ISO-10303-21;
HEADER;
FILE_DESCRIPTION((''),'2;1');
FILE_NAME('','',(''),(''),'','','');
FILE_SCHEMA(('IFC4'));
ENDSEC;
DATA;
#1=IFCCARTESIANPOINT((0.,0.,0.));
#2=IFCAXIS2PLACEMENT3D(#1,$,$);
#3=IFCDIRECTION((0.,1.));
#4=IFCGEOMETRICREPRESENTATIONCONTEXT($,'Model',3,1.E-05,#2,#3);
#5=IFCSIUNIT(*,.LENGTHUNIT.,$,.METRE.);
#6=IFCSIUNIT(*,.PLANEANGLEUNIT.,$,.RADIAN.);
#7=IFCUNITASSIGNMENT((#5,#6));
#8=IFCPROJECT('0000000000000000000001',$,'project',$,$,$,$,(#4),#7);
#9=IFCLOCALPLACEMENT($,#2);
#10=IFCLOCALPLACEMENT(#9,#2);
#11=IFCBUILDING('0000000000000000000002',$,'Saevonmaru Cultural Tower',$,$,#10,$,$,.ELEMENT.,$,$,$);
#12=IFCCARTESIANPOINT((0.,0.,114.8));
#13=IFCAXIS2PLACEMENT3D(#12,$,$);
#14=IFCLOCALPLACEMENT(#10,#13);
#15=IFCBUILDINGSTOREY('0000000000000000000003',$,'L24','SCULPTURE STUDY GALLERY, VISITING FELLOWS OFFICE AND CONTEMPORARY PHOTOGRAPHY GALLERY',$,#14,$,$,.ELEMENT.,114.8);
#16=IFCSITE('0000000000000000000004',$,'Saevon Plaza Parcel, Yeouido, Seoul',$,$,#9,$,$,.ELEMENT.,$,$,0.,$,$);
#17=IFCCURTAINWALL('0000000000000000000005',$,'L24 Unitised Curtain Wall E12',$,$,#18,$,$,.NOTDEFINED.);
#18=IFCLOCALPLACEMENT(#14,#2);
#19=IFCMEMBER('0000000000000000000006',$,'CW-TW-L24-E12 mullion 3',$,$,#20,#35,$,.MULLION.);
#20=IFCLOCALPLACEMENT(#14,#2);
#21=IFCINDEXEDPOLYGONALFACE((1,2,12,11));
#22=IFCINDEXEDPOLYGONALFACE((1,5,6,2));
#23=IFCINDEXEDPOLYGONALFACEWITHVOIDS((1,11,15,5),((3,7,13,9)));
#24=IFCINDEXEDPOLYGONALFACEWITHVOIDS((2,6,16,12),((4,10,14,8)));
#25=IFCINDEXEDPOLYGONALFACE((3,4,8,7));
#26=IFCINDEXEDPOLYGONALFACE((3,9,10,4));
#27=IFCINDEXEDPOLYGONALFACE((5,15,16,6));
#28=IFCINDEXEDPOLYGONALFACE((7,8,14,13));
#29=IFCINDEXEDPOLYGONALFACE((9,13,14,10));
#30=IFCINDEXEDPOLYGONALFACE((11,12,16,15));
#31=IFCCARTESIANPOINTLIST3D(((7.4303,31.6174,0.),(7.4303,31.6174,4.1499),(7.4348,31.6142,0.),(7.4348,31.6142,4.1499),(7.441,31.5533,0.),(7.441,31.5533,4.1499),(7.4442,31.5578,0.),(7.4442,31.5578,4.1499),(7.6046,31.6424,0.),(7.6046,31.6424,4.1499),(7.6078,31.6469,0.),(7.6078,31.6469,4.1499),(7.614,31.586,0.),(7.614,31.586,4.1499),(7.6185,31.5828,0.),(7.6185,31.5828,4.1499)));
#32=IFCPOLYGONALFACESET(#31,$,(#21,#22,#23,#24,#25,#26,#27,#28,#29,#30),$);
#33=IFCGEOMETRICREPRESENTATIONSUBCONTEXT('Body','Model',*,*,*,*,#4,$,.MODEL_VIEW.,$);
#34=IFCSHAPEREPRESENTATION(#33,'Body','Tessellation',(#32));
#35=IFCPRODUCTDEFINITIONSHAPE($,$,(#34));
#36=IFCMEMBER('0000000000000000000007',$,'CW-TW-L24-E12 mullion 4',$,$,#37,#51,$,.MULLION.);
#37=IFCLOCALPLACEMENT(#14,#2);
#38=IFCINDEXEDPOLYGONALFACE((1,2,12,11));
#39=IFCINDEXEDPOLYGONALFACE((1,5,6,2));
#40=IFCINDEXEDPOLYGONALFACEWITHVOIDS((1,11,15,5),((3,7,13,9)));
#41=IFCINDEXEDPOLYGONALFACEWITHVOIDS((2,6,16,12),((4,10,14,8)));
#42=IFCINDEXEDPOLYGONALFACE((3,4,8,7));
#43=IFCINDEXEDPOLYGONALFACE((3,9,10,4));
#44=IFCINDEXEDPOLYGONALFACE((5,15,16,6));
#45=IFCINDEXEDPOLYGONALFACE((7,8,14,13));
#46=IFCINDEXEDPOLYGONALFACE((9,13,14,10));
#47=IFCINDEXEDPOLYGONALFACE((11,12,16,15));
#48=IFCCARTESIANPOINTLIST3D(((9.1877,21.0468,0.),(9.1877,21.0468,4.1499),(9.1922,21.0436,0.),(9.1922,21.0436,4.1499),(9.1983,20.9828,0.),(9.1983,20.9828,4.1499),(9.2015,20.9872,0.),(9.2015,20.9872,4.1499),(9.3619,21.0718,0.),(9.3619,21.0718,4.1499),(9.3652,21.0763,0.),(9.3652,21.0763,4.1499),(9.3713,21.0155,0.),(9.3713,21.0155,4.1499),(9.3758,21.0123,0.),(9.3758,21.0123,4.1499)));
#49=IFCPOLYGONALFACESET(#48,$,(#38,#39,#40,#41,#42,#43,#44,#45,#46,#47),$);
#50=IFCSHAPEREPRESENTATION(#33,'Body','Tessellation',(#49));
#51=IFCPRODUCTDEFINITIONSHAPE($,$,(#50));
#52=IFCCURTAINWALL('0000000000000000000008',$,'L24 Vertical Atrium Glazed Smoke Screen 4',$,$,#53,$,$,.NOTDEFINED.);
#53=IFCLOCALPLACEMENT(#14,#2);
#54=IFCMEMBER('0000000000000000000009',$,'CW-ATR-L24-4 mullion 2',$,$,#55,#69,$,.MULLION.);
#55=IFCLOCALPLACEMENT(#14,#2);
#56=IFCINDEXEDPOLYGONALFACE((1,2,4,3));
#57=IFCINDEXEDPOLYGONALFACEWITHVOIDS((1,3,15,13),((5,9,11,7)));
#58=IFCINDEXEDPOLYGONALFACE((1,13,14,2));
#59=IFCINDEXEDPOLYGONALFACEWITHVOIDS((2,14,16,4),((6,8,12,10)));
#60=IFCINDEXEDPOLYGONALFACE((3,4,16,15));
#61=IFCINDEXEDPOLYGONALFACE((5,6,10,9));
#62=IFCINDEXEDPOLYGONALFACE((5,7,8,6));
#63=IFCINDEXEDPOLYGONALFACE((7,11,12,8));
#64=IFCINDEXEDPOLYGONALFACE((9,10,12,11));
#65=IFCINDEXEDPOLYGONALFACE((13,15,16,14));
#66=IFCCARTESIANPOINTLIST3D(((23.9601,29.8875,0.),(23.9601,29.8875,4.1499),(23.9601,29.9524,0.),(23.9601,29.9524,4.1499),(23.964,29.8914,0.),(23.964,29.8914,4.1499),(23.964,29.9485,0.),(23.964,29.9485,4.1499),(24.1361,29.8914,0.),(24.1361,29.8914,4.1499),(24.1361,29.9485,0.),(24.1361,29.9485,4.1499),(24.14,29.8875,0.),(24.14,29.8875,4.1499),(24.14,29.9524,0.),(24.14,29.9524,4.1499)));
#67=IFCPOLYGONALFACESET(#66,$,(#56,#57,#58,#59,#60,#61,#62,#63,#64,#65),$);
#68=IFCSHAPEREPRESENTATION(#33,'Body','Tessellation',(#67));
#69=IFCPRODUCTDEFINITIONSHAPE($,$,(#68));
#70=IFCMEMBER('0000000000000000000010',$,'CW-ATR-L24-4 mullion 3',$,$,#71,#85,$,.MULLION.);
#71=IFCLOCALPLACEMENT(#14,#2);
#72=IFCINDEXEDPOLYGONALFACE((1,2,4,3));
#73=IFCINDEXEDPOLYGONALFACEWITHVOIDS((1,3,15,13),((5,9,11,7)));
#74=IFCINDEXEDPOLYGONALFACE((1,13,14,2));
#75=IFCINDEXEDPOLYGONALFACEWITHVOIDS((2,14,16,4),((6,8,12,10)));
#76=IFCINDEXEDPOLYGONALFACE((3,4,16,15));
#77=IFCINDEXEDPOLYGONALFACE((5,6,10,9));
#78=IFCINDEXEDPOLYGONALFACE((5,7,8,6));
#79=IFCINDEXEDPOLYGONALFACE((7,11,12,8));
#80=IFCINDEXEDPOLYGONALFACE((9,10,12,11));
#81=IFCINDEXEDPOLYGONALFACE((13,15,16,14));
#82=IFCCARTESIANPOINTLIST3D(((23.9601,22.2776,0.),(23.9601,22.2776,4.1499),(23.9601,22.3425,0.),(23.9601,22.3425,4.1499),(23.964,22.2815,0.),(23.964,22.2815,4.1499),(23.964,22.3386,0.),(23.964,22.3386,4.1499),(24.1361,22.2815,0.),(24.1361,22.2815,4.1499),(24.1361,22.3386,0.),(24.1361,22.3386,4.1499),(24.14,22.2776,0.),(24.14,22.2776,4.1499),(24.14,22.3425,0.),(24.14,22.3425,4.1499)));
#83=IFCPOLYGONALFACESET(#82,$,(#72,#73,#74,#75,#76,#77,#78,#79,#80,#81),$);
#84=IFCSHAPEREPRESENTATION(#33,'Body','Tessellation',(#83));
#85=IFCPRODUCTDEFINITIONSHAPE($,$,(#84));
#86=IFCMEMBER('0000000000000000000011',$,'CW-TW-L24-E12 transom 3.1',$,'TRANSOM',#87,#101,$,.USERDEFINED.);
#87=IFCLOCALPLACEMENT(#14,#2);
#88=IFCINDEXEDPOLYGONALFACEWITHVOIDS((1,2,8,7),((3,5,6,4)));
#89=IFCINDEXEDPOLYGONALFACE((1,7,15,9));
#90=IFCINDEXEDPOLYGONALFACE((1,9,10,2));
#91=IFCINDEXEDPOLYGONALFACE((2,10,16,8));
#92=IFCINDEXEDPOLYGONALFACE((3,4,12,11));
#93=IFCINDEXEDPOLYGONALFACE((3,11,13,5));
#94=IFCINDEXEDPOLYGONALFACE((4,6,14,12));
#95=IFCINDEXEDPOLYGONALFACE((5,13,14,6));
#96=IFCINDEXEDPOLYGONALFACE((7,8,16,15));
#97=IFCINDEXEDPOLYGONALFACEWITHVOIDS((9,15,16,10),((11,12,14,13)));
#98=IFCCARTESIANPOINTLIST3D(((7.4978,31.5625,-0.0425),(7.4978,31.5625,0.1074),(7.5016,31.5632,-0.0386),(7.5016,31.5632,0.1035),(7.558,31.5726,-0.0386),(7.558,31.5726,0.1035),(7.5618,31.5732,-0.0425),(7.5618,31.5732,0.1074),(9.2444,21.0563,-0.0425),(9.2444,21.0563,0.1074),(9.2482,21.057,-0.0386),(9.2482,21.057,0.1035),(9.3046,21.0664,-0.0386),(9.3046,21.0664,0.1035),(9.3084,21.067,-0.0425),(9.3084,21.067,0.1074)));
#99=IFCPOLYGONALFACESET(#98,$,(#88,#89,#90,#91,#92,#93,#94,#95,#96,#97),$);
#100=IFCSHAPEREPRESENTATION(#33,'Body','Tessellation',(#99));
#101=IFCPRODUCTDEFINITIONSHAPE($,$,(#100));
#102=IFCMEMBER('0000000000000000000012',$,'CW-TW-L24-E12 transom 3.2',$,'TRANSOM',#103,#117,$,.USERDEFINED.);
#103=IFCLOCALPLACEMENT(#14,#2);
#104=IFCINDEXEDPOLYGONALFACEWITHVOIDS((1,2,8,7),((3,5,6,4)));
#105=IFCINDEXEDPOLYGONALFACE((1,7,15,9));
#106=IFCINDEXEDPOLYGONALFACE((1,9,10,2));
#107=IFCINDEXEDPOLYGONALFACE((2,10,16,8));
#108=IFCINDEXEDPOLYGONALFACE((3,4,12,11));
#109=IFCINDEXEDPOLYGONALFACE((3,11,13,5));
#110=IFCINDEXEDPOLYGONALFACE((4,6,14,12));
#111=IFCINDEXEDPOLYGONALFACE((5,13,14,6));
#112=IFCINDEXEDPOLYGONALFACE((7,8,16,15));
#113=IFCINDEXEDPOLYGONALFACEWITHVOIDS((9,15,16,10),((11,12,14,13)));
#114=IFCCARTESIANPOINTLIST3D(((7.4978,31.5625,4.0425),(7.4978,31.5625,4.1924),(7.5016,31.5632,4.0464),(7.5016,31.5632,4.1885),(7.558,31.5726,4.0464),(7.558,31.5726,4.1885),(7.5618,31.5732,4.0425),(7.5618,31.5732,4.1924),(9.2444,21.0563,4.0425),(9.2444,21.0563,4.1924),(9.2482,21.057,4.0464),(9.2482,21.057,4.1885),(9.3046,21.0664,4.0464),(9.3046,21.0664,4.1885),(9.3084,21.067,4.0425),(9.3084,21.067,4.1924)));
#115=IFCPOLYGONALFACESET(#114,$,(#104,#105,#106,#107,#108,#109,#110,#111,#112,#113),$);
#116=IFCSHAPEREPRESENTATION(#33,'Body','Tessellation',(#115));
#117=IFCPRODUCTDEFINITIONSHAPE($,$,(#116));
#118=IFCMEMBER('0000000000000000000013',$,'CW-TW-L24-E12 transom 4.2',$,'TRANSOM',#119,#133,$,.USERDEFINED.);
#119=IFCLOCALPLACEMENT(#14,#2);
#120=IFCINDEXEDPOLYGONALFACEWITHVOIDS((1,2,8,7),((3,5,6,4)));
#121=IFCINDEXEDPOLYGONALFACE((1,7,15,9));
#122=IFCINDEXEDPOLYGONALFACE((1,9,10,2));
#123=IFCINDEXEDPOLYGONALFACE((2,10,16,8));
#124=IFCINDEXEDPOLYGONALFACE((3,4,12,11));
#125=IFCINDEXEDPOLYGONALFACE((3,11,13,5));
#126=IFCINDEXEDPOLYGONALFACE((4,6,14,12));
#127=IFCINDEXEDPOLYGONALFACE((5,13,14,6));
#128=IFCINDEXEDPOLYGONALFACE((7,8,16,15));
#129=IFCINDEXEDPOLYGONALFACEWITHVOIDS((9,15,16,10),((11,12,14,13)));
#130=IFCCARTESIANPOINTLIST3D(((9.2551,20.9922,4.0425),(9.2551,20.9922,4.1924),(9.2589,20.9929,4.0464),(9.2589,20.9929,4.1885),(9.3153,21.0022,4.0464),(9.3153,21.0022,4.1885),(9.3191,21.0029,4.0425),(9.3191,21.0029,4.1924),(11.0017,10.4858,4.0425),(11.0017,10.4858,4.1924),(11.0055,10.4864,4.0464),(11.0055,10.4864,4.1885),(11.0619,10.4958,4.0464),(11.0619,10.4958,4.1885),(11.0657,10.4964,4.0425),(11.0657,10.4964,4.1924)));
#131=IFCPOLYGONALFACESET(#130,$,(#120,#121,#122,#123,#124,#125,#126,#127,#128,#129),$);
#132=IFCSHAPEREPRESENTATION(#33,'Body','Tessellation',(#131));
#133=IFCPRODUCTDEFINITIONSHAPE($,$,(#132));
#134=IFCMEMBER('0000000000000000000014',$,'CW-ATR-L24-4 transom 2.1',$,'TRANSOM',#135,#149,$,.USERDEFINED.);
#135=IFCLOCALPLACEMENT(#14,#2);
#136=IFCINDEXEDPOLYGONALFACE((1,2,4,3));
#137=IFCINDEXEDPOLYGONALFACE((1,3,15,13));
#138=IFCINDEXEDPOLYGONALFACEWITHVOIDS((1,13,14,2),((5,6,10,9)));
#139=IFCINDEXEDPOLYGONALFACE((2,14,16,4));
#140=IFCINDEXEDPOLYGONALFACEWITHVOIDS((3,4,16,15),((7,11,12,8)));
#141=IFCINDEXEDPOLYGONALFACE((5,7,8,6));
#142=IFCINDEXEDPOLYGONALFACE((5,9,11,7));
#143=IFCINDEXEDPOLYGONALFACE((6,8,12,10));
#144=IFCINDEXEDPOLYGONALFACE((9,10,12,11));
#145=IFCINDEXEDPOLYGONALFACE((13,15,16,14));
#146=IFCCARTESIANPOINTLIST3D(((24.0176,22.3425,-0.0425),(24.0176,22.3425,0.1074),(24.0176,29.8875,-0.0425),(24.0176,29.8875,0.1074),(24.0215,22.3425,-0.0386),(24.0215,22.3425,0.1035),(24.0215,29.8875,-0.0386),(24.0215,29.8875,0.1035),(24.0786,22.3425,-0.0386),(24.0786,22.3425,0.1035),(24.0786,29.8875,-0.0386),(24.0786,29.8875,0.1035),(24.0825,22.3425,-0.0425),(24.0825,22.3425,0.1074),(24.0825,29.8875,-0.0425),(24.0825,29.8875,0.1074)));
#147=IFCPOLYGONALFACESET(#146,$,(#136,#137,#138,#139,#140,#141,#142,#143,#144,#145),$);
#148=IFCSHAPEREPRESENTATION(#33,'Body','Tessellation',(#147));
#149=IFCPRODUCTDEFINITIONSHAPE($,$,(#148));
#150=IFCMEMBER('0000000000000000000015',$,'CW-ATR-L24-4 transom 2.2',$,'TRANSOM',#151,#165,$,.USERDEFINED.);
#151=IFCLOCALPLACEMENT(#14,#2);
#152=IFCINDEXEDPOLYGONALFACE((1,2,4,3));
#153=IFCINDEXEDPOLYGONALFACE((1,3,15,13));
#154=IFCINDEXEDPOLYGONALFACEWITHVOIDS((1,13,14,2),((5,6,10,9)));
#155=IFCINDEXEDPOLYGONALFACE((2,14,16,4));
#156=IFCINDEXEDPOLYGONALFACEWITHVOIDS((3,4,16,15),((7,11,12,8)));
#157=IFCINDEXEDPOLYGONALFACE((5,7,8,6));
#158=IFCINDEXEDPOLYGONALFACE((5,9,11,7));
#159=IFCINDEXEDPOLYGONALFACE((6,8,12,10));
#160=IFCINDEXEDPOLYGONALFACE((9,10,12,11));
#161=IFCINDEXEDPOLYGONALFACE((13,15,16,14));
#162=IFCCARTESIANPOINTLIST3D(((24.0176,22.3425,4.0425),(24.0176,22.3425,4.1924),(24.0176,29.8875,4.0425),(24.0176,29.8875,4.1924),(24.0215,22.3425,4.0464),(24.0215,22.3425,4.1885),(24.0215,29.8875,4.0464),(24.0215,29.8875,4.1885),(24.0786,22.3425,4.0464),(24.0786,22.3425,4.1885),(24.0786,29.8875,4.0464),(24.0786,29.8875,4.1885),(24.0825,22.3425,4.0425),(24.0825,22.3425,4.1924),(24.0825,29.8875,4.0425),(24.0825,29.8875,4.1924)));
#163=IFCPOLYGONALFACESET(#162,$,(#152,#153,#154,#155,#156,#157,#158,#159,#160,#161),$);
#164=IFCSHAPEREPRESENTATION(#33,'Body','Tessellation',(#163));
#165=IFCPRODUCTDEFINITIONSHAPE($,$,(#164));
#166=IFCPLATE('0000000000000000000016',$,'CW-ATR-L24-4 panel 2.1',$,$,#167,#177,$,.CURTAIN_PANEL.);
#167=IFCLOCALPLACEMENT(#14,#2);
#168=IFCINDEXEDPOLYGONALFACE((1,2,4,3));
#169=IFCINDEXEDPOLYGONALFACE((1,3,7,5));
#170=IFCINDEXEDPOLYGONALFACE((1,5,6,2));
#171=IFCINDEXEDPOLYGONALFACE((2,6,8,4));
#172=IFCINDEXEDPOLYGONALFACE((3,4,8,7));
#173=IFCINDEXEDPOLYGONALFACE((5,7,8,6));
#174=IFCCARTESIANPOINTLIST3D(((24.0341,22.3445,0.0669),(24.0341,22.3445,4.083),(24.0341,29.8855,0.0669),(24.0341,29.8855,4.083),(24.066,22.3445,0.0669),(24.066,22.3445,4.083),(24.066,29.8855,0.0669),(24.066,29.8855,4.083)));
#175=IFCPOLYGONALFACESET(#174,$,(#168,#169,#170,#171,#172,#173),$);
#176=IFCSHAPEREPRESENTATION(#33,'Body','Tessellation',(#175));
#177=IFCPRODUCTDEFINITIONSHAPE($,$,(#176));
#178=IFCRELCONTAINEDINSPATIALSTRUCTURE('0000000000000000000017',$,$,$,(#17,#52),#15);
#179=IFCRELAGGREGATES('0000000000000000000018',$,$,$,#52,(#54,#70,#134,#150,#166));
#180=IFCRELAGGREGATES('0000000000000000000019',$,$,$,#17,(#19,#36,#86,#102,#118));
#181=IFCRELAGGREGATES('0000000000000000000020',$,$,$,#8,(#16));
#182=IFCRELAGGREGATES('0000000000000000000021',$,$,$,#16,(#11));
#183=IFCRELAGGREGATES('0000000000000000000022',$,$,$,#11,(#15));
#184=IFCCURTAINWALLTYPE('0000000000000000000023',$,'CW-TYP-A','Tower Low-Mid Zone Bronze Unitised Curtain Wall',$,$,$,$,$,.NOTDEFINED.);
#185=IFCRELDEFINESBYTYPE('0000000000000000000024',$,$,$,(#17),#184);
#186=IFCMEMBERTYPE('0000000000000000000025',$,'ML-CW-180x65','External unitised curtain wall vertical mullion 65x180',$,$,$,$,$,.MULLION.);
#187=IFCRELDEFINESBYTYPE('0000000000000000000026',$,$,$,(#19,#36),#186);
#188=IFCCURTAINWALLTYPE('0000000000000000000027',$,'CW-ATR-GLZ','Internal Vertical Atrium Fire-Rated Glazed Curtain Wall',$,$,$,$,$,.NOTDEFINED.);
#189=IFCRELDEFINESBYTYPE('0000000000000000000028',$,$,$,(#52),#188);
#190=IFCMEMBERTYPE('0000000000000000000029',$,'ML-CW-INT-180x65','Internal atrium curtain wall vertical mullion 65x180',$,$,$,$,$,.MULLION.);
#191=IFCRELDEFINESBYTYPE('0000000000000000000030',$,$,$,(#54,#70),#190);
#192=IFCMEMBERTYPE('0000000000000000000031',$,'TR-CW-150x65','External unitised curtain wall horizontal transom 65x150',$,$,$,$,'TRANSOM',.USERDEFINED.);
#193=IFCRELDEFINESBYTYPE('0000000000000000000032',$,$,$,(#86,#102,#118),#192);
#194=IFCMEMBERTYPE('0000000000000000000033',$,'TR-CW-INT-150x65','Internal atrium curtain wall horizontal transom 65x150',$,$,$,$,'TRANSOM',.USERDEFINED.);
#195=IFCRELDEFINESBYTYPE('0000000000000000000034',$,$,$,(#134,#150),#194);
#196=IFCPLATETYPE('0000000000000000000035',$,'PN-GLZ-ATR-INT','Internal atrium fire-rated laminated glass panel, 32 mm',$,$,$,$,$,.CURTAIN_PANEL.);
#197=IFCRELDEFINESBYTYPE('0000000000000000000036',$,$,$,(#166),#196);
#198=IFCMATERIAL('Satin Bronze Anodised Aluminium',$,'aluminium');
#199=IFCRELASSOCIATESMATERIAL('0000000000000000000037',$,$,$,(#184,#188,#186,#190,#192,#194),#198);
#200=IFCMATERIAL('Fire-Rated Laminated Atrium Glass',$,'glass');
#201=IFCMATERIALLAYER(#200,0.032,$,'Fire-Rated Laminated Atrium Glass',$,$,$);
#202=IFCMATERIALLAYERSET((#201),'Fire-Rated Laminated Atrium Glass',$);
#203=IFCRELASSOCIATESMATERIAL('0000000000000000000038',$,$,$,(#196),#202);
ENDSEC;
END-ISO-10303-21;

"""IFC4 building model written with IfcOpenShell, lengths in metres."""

from ifc_helpers import new_model, si_unit, direction, frame, origin, origin_2d, place, context, subcontext, project, spatial, rectangle, hollow_rectangle, extrude, material, layer, layer_set, material_profile, profile_set, type_object, element, aggregate, save


model = new_model("IFC4")

# Units and contexts
model_context = context("Model", 3, precision=1e-05, world=origin(), true_north=direction((0.0, 1.0)))
body_context = subcontext(model_context, "Body", "Model", "MODEL_VIEW")
ifc_project = project(units=[si_unit("LENGTHUNIT", "METRE"), si_unit("PLANEANGLEUNIT", "RADIAN")], contexts=[model_context])

# Site, building, storey
site_placement = place(None, origin())
site = spatial("IfcSite", under=ifc_project, at=site_placement, Name="Saevon Plaza Parcel, Yeouido, Seoul", CompositionType="ELEMENT", RefElevation=0.0)
building_placement = place(site_placement, origin())
building = spatial("IfcBuilding", under=site, at=building_placement, Name="Saevonmaru Cultural Tower", CompositionType="ELEMENT")
storey_placement = place(building_placement, frame((0.0, 0.0, 114.8)))
storey = spatial("IfcBuildingStorey", under=building, at=storey_placement, Name="L24", Description="SCULPTURE STUDY GALLERY, VISITING FELLOWS OFFICE AND CONTEMPORARY PHOTOGRAPHY GALLERY", CompositionType="ELEMENT", Elevation=114.8)

# Curtain walls, members
ifc_material_1 = material(Name="Satin Bronze Anodised Aluminium", Category="aluminium")
curtain_wall_type_1 = type_object("IfcCurtainWallType", Name="CW-TYP-A", Description="Tower Low-Mid Zone Bronze Unitised Curtain Wall", PredefinedType="NOTDEFINED", material=ifc_material_1)
curtain_wall_1_placement = place(storey_placement, origin())
curtain_wall_1 = element("IfcCurtainWall", 1, at=curtain_wall_1_placement, inside=storey, type_object=curtain_wall_type_1, Name="L24 Unitised Curtain Wall E12", PredefinedType="NOTDEFINED")
ifc_material_profile_1 = material_profile(ifc_material_1, hollow_rectangle(XDim=0.0649, YDim=0.1799, WallThickness=0.0039, at=origin_2d()), Name="ALU-MULL-180x65x4")
ifc_profile_set_1 = profile_set([ifc_material_profile_1], Name="Satin Bronze Anodised Aluminium")
member_type_1 = type_object("IfcMemberType", Name="ML-CW-180x65", Description="External unitised curtain wall vertical mullion 65x180", PredefinedType="MULLION", material=ifc_profile_set_1)
member_1_placement = place(storey_placement, frame((7.5244, 31.6001, 0.0), z_axis=(0.0, 0.0, 1.0), x_axis=(0.163999, -0.986461, 0.0)))
member_1 = element("IfcMember", 2, at=member_1_placement, type_object=member_type_1, Name="CW-TW-L24-E12 mullion 3", PredefinedType="MULLION", context=body_context, shape_type="SweptSolid", body=[
    extrude(hollow_rectangle(XDim=0.0649, YDim=0.1799, WallThickness=0.0039, at=origin_2d()), origin(), (0.0, 0.0, 1.0), 4.1499),
])
member_2_placement = place(storey_placement, frame((9.2817, 21.0295, 0.0), z_axis=(0.0, 0.0, 1.0), x_axis=(0.163999, -0.986461, 0.0)))
member_2 = element("IfcMember", 3, at=member_2_placement, type_object=member_type_1, Name="CW-TW-L24-E12 mullion 4", PredefinedType="MULLION", context=body_context, shape_type="SweptSolid", body=[
    extrude(hollow_rectangle(XDim=0.0649, YDim=0.1799, WallThickness=0.0039, at=origin_2d()), origin(), (0.0, 0.0, 1.0), 4.1499),
])
curtain_wall_type_2 = type_object("IfcCurtainWallType", Name="CW-ATR-GLZ", Description="Internal Vertical Atrium Fire-Rated Glazed Curtain Wall", PredefinedType="NOTDEFINED", material=ifc_material_1)
curtain_wall_2_placement = place(storey_placement, origin())
curtain_wall_2 = element("IfcCurtainWall", 4, at=curtain_wall_2_placement, inside=storey, type_object=curtain_wall_type_2, Name="L24 Vertical Atrium Glazed Smoke Screen 4", PredefinedType="NOTDEFINED")
ifc_material_profile_2 = material_profile(ifc_material_1, hollow_rectangle(XDim=0.0649, YDim=0.1799, WallThickness=0.0039, at=origin_2d()), Name="ALU-MULL-180x65x4")
ifc_profile_set_2 = profile_set([ifc_material_profile_2], Name="Satin Bronze Anodised Aluminium")
member_type_2 = type_object("IfcMemberType", Name="ML-CW-INT-180x65", Description="Internal atrium curtain wall vertical mullion 65x180", PredefinedType="MULLION", material=ifc_profile_set_2)
member_3_placement = place(storey_placement, frame((24.05, 29.9199, 0.0), z_axis=(0.0, 0.0, 1.0), x_axis=(0.0, -1.0, 0.0)))
member_3 = element("IfcMember", 5, at=member_3_placement, type_object=member_type_2, Name="CW-ATR-L24-4 mullion 2", PredefinedType="MULLION", context=body_context, shape_type="SweptSolid", body=[
    extrude(hollow_rectangle(XDim=0.0649, YDim=0.1799, WallThickness=0.0039, at=origin_2d()), origin(), (0.0, 0.0, 1.0), 4.1499),
])
member_4_placement = place(storey_placement, frame((24.05, 22.3101, 0.0), z_axis=(0.0, 0.0, 1.0), x_axis=(0.0, -1.0, 0.0)))
member_4 = element("IfcMember", 6, at=member_4_placement, type_object=member_type_2, Name="CW-ATR-L24-4 mullion 3", PredefinedType="MULLION", context=body_context, shape_type="SweptSolid", body=[
    extrude(hollow_rectangle(XDim=0.0649, YDim=0.1799, WallThickness=0.0039, at=origin_2d()), origin(), (0.0, 0.0, 1.0), 4.1499),
])

# Members
ifc_material_profile_3 = material_profile(ifc_material_1, hollow_rectangle(XDim=0.0649, YDim=0.1499, WallThickness=0.0039, at=origin_2d()), Name="ALU-TRAN-150x65x4")
ifc_profile_set_3 = profile_set([ifc_material_profile_3], Name="Satin Bronze Anodised Aluminium")
member_type_3 = type_object("IfcMemberType", Name="TR-CW-150x65", Description="External unitised curtain wall horizontal transom 65x150", ElementType="TRANSOM", PredefinedType="USERDEFINED", material=ifc_profile_set_3)
member_5_placement = place(storey_placement, frame((7.5298, 31.5679, 0.0325), z_axis=(0.163994, -0.986461, 0.0), x_axis=(0.986461, 0.163994, 0.0)))
member_5 = element("IfcMember", 7, at=member_5_placement, type_object=member_type_3, Name="CW-TW-L24-E12 transom 3.1", ObjectType="TRANSOM", PredefinedType="USERDEFINED", context=body_context, shape_type="SweptSolid", body=[
    extrude(hollow_rectangle(XDim=0.0649, YDim=0.1499, WallThickness=0.0039, at=origin_2d()), origin(), (0.0, 0.0, 1.0), 10.6504),
])
member_6_placement = place(storey_placement, frame((7.5298, 31.5679, 4.1174), z_axis=(0.163994, -0.986461, 0.0), x_axis=(0.986461, 0.163994, 0.0)))
member_6 = element("IfcMember", 8, at=member_6_placement, type_object=member_type_3, Name="CW-TW-L24-E12 transom 3.2", ObjectType="TRANSOM", PredefinedType="USERDEFINED", context=body_context, shape_type="SweptSolid", body=[
    extrude(hollow_rectangle(XDim=0.0649, YDim=0.1499, WallThickness=0.0039, at=origin_2d()), origin(), (0.0, 0.0, 1.0), 10.6504),
])
member_7_placement = place(storey_placement, frame((9.2871, 20.9976, 4.1174), z_axis=(0.16399, -0.986462, 0.0), x_axis=(0.986462, 0.16399, 0.0)))
member_7 = element("IfcMember", 9, at=member_7_placement, type_object=member_type_3, Name="CW-TW-L24-E12 transom 4.2", ObjectType="TRANSOM", PredefinedType="USERDEFINED", context=body_context, shape_type="SweptSolid", body=[
    extrude(hollow_rectangle(XDim=0.0649, YDim=0.1499, WallThickness=0.0039, at=origin_2d()), origin(), (0.0, 0.0, 1.0), 10.6506),
])
ifc_material_profile_4 = material_profile(ifc_material_1, hollow_rectangle(XDim=0.0649, YDim=0.1499, WallThickness=0.0039, at=origin_2d()), Name="ALU-TRAN-150x65x4")
ifc_profile_set_4 = profile_set([ifc_material_profile_4], Name="Satin Bronze Anodised Aluminium")
member_type_4 = type_object("IfcMemberType", Name="TR-CW-INT-150x65", Description="Internal atrium curtain wall horizontal transom 65x150", ElementType="TRANSOM", PredefinedType="USERDEFINED", material=ifc_profile_set_4)
member_8_placement = place(storey_placement, frame((24.05, 29.8875, 0.0325), z_axis=(0.0, -1.0, 0.0), x_axis=(1.0, 0.0, 0.0)))
member_8 = element("IfcMember", 10, at=member_8_placement, type_object=member_type_4, Name="CW-ATR-L24-4 transom 2.1", ObjectType="TRANSOM", PredefinedType="USERDEFINED", context=body_context, shape_type="SweptSolid", body=[
    extrude(hollow_rectangle(XDim=0.0649, YDim=0.1499, WallThickness=0.0039, at=origin_2d()), origin(), (0.0, 0.0, 1.0), 7.5449),
])
member_9_placement = place(storey_placement, frame((24.05, 29.8875, 4.1174), z_axis=(0.0, -1.0, 0.0), x_axis=(1.0, 0.0, 0.0)))
member_9 = element("IfcMember", 11, at=member_9_placement, type_object=member_type_4, Name="CW-ATR-L24-4 transom 2.2", ObjectType="TRANSOM", PredefinedType="USERDEFINED", context=body_context, shape_type="SweptSolid", body=[
    extrude(hollow_rectangle(XDim=0.0649, YDim=0.1499, WallThickness=0.0039, at=origin_2d()), origin(), (0.0, 0.0, 1.0), 7.5449),
])

# Plate
ifc_material_2 = material(Name="Fire-Rated Laminated Atrium Glass", Category="glass")
ifc_layer_1 = layer(ifc_material_2, 0.032, Name="Fire-Rated Laminated Atrium Glass")
ifc_layer_set_1 = layer_set([ifc_layer_1], Name="Fire-Rated Laminated Atrium Glass")
plate_type_1 = type_object("IfcPlateType", Name="PN-GLZ-ATR-INT", Description="Internal atrium fire-rated laminated glass panel, 32 mm", PredefinedType="CURTAIN_PANEL", material=ifc_layer_set_1)
plate_1_placement = place(storey_placement, frame((24.05, 26.115, 0.0669), z_axis=(0.0, 0.0, 1.0), x_axis=(0.0, -1.0, 0.0)))
plate_1 = element("IfcPlate", 12, at=plate_1_placement, type_object=plate_type_1, Name="CW-ATR-L24-4 panel 2.1", PredefinedType="CURTAIN_PANEL", context=body_context, shape_type="SweptSolid", body=[
    extrude(rectangle(XDim=7.541, YDim=0.032, at=origin_2d()), origin(), (0.0, 0.0, 1.0), 4.0161),
])
aggregate(curtain_wall_2, [member_3, member_4, member_8, member_9, plate_1])
aggregate(curtain_wall_1, [member_1, member_2, member_5, member_6, member_7])

save(model, "model.ifc")
